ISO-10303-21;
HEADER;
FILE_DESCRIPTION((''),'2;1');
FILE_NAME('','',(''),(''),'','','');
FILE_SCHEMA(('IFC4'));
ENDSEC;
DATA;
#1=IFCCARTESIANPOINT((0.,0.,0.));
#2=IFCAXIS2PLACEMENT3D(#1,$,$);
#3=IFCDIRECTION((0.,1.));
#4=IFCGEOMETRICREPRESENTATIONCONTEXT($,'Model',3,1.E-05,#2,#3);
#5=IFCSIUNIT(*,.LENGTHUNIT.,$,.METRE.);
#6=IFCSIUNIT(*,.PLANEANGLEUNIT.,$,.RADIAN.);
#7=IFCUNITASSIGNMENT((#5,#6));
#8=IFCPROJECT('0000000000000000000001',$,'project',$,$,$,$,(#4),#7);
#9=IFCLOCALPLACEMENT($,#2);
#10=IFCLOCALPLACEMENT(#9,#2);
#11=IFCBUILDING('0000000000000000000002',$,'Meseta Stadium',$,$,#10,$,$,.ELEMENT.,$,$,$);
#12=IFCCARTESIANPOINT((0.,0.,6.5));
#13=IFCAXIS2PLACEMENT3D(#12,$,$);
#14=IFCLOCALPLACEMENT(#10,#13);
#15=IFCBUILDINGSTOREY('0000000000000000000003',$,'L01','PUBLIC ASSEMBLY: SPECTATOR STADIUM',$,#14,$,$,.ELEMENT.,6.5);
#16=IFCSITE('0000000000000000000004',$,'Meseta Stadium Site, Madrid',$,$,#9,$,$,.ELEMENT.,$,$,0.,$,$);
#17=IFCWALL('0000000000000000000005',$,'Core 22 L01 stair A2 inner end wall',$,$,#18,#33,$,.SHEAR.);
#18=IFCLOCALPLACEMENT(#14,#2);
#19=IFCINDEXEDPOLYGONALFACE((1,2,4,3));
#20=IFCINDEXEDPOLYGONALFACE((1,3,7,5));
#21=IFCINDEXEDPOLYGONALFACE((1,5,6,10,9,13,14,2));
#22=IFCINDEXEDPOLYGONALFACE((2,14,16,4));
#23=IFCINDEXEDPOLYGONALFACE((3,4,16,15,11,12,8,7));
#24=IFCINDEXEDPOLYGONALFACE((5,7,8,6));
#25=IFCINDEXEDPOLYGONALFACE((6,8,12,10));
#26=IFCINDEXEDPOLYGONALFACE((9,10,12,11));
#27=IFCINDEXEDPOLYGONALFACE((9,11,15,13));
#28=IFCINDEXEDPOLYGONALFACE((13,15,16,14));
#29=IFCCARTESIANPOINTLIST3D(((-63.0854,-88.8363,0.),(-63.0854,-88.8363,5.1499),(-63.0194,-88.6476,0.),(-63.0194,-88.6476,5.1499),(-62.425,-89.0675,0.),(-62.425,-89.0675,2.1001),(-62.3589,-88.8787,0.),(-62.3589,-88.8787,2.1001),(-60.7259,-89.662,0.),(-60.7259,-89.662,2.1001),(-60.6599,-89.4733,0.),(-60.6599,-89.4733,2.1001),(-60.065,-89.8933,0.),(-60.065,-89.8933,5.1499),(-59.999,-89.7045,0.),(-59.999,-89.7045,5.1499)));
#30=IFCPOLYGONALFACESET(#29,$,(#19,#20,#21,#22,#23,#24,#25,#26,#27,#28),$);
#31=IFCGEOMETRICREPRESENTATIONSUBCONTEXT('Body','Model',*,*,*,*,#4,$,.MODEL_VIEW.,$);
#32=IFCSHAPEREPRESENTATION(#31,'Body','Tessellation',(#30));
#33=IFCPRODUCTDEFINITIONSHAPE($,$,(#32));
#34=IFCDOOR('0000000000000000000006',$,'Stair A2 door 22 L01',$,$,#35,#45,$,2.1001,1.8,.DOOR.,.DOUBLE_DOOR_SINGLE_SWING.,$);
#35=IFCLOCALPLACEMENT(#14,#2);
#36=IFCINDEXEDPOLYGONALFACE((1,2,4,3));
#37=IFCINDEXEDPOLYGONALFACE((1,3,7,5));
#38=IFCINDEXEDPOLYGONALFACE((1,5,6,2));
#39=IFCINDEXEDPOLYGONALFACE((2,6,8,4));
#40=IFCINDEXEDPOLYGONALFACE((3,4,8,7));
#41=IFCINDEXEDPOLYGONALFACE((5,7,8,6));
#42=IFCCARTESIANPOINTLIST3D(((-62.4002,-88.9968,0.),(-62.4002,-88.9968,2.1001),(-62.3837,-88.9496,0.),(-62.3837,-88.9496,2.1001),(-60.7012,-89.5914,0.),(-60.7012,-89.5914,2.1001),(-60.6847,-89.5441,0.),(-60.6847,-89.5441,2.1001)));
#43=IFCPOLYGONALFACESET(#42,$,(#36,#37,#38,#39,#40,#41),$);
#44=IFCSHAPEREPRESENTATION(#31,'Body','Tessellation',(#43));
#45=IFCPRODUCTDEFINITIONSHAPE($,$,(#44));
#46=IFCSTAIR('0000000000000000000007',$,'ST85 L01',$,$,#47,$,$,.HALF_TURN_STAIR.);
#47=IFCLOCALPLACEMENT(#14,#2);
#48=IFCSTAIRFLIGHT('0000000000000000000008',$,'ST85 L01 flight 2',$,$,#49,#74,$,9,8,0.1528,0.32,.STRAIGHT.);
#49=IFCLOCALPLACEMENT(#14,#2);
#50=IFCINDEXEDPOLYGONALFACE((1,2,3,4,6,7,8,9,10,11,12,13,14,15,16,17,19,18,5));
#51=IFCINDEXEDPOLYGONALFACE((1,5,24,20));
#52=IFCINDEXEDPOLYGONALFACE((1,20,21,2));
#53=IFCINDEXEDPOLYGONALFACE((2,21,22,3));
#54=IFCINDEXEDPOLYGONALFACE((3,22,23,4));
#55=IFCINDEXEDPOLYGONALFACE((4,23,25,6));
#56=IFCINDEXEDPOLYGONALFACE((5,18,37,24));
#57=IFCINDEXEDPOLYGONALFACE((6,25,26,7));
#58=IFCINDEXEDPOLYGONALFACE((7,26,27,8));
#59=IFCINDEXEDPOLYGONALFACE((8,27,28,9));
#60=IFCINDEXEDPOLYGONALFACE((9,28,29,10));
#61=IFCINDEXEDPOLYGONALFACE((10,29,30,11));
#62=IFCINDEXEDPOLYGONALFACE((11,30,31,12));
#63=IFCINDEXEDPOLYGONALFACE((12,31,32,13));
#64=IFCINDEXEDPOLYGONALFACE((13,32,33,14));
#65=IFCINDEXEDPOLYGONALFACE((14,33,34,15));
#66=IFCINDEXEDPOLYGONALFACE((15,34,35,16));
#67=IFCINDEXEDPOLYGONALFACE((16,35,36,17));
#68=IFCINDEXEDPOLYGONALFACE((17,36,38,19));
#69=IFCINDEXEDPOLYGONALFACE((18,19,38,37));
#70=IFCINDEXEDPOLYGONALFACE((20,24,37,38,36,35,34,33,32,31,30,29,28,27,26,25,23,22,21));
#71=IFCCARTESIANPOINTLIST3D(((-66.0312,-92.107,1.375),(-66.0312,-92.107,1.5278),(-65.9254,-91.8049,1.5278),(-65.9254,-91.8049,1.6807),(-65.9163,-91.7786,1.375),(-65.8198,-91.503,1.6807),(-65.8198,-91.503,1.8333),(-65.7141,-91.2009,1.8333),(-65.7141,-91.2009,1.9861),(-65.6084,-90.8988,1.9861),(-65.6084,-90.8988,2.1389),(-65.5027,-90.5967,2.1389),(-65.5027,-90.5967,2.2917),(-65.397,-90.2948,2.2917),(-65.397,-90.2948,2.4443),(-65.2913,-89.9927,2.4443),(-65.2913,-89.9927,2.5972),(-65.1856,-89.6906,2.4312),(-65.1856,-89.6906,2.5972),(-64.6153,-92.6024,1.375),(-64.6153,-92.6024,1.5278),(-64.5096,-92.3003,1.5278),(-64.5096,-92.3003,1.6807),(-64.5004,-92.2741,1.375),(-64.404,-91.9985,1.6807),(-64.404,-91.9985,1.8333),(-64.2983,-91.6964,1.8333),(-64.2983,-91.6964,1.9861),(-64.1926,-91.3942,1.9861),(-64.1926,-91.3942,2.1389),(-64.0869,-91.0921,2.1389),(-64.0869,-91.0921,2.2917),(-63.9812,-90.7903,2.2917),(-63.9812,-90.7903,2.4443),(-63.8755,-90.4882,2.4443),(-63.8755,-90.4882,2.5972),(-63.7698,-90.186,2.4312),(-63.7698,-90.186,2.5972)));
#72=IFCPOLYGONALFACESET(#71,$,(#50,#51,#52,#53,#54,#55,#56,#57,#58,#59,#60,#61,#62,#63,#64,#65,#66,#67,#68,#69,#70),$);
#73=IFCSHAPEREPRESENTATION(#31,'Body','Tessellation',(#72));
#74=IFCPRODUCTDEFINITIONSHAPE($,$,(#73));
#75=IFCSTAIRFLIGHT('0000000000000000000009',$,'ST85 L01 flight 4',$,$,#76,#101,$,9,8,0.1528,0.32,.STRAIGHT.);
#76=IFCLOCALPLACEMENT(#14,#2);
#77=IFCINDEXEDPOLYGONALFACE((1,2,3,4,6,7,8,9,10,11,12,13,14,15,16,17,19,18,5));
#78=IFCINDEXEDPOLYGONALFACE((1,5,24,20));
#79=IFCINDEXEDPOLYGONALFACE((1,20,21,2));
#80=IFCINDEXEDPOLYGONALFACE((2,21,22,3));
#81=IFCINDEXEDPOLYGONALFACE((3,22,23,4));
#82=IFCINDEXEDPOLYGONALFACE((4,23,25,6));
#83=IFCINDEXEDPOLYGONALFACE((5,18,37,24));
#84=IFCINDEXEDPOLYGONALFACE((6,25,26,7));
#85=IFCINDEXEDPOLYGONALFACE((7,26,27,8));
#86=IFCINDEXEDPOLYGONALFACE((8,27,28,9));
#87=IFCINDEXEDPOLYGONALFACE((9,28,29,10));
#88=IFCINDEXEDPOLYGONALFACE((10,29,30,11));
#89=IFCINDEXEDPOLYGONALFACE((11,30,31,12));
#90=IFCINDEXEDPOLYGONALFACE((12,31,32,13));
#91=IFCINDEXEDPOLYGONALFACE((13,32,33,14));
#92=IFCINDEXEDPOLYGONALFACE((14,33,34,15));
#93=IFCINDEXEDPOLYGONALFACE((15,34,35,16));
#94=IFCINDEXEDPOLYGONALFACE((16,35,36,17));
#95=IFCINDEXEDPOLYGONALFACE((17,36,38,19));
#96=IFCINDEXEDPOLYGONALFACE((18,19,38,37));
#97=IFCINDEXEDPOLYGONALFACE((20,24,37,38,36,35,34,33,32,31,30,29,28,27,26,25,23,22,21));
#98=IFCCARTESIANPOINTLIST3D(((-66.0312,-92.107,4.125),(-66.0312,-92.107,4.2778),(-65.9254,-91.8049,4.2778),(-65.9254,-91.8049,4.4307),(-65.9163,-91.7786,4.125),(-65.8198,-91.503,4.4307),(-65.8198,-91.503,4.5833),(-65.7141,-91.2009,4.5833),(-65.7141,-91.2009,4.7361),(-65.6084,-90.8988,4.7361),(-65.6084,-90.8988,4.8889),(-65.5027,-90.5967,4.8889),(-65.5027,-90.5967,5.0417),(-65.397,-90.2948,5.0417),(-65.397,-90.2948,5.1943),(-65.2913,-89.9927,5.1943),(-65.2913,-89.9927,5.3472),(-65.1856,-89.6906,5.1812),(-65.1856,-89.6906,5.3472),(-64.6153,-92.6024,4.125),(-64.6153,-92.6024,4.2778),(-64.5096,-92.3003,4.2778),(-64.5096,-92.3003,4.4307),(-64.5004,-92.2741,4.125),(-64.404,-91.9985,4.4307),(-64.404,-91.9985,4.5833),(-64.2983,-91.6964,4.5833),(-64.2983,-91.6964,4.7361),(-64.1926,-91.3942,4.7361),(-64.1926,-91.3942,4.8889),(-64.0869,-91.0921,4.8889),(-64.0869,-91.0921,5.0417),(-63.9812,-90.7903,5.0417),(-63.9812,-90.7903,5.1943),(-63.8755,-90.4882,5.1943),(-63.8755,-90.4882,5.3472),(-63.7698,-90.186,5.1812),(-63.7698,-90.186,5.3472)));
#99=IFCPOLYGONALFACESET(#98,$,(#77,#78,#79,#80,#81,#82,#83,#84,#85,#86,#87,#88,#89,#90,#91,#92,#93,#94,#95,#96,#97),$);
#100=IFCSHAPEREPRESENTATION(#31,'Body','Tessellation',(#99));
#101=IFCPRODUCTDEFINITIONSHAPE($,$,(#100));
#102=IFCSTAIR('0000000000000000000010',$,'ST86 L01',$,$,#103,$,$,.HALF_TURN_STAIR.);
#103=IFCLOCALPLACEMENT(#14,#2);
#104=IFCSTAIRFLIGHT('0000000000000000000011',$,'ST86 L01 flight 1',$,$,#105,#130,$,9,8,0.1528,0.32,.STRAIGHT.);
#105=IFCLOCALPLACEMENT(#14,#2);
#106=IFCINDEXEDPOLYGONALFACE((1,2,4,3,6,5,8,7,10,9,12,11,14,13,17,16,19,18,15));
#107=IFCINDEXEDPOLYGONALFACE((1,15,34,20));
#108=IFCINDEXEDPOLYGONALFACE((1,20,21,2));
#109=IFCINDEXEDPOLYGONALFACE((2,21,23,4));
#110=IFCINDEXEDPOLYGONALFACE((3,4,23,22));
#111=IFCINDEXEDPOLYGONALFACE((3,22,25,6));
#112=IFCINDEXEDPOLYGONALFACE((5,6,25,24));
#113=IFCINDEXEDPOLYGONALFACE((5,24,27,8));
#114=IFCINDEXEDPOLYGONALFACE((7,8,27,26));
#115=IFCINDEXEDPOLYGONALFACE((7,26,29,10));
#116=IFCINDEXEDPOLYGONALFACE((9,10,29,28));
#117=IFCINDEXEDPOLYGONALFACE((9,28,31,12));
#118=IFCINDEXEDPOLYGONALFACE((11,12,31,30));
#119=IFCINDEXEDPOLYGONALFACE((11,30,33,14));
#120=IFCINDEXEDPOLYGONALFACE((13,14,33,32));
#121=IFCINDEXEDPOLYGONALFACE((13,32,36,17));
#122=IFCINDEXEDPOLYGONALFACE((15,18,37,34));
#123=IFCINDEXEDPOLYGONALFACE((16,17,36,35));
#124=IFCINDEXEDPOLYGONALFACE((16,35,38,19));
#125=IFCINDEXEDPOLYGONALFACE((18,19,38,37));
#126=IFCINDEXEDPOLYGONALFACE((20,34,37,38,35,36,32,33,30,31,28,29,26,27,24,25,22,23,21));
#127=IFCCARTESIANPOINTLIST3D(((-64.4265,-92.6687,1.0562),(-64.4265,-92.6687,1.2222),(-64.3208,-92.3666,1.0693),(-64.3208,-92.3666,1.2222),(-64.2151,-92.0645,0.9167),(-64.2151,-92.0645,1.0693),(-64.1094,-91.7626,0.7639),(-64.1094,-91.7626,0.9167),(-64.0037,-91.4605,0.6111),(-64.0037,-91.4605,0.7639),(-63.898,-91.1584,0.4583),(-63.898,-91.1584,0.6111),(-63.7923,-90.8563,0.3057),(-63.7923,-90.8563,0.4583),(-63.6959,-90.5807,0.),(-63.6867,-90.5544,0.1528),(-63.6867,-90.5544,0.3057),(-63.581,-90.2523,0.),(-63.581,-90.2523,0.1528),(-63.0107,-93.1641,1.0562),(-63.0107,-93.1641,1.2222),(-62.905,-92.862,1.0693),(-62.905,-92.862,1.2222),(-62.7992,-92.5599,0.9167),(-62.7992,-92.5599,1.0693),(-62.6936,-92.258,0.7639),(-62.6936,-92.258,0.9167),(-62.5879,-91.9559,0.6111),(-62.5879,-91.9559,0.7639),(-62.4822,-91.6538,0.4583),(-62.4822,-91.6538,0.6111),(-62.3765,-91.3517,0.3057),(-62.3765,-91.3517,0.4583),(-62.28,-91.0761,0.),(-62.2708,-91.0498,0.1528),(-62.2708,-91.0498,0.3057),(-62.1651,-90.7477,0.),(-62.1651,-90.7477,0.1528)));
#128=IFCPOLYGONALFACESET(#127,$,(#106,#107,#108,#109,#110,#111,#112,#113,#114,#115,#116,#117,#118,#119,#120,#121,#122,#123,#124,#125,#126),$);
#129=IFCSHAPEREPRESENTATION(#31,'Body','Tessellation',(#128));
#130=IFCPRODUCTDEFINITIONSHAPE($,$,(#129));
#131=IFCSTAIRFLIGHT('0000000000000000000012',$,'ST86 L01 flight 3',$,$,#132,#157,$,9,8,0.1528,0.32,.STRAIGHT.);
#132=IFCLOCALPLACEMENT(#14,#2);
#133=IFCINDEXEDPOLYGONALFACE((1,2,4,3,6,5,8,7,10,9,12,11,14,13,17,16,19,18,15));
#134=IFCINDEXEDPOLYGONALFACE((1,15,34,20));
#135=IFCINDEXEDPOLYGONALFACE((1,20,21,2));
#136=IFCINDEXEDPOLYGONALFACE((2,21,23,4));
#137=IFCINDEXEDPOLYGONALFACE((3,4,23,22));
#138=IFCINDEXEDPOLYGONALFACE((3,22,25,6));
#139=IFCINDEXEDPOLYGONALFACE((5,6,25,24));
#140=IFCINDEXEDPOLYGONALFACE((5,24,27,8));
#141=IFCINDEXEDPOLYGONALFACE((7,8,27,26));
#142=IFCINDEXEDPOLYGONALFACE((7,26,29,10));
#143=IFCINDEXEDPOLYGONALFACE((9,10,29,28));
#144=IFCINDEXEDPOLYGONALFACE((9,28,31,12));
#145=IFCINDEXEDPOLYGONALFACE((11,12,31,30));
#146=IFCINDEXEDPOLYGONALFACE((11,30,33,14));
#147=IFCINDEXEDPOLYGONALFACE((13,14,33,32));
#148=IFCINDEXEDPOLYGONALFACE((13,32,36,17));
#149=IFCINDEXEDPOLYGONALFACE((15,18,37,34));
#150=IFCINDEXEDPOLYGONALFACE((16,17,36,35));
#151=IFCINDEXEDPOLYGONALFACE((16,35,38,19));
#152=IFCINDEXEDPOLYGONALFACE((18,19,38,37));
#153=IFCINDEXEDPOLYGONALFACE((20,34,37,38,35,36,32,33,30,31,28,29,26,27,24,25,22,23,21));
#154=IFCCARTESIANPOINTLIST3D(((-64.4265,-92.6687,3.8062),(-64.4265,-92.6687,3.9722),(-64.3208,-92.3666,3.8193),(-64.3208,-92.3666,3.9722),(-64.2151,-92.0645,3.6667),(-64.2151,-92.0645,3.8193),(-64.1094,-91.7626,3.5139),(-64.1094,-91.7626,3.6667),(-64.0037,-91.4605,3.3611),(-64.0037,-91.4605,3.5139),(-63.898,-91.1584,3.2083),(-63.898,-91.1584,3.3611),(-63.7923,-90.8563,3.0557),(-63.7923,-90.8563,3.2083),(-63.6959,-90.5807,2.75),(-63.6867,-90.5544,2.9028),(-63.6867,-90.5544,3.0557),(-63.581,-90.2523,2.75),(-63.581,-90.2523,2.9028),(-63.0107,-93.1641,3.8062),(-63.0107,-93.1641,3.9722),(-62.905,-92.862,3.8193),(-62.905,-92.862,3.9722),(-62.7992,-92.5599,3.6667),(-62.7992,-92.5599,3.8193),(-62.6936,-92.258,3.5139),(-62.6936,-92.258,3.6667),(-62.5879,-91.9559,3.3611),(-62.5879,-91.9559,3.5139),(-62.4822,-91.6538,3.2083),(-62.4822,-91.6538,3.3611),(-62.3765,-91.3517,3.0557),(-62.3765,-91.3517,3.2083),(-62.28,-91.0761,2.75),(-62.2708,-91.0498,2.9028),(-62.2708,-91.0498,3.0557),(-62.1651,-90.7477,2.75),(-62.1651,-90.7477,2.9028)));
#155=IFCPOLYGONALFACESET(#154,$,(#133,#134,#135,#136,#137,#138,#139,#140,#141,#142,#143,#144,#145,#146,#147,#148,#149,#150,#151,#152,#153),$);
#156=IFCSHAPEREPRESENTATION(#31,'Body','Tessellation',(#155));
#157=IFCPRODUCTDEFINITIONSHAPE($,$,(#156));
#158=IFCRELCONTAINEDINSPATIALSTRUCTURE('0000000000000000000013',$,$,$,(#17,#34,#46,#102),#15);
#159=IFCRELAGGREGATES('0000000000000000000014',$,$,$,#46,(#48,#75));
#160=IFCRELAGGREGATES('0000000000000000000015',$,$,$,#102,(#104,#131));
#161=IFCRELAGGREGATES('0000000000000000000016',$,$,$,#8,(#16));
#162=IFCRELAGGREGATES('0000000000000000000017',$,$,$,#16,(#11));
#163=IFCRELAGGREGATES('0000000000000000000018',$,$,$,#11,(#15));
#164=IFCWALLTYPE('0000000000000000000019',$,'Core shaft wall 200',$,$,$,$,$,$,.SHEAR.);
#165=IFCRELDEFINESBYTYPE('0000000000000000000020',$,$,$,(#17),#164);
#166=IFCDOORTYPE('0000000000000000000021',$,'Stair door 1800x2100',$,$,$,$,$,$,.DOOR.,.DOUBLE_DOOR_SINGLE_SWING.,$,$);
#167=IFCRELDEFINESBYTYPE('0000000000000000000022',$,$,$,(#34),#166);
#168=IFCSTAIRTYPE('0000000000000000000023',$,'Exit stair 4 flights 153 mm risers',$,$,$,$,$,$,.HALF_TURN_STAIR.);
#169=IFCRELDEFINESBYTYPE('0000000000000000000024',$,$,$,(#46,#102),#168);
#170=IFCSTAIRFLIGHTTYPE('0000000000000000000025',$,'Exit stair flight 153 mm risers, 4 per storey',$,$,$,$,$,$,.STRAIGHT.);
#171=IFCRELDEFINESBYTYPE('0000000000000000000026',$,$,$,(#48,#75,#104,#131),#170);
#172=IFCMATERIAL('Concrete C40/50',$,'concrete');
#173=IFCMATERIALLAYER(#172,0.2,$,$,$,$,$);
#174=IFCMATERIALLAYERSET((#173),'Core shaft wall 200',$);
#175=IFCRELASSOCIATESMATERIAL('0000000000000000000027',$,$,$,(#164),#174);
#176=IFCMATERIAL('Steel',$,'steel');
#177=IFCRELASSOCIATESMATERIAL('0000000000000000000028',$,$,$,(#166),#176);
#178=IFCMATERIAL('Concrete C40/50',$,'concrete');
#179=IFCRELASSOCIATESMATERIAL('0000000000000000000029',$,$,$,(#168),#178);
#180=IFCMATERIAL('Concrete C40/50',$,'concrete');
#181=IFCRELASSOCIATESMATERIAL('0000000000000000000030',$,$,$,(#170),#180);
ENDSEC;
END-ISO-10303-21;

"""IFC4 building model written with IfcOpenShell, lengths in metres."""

from ifc_helpers import new_model, si_unit, direction, frame, frame_2d, origin, place, context, subcontext, project, spatial, polyline, rectangle, outline, extrude, material, layer, layer_set, type_object, element, fill, aggregate, save


model = new_model("IFC4")

# Units and contexts
model_context = context("Model", 3, precision=1e-05, world=origin(), true_north=direction((0.0, 1.0)))
body_context = subcontext(model_context, "Body", "Model", "MODEL_VIEW")
ifc_project = project(units=[si_unit("LENGTHUNIT", "METRE"), si_unit("PLANEANGLEUNIT", "RADIAN")], contexts=[model_context])

# Site, building, storey
site_placement = place(None, origin())
site = spatial("IfcSite", under=ifc_project, at=site_placement, Name="Meseta Stadium Site, Madrid", CompositionType="ELEMENT", RefElevation=0.0)
building_placement = place(site_placement, origin())
building = spatial("IfcBuilding", under=site, at=building_placement, Name="Meseta Stadium", CompositionType="ELEMENT")
storey_placement = place(building_placement, frame((0.0, 0.0, 6.5)))
storey = spatial("IfcBuildingStorey", under=building, at=storey_placement, Name="L01", Description="PUBLIC ASSEMBLY: SPECTATOR STADIUM", CompositionType="ELEMENT", Elevation=6.5)

# Wall, opening, door
ifc_material_1 = material(Name="Concrete C40/50", Category="concrete")
ifc_layer = layer(ifc_material_1, 0.2)
ifc_layer_set = layer_set([ifc_layer], Name="Core shaft wall 200")
wall_type = type_object("IfcWallType", Name="Core shaft wall 200", PredefinedType="SHEAR", material=ifc_layer_set)
wall_placement = place(storey_placement, frame((-63.0525, -88.7419, 0.0), z_axis=(0.0, 0.0, 1.0), x_axis=(0.943879, -0.330293, 0.0)))
wall = element("IfcWall", 1, at=wall_placement, inside=storey, type_object=wall_type, Name="Core 22 L01 stair A2 inner end wall", PredefinedType="SHEAR", context=body_context, shape_type="SweptSolid", body=[
    extrude(rectangle(XDim=3.2, YDim=0.2, at=frame_2d((1.6001, 0.0))), origin(), (0.0, 0.0, 1.0), 5.1499),
])
opening_placement = place(wall_placement, frame((0.7, 0.0, 0.0)))
opening = element("IfcOpeningElement", 2, at=opening_placement, cuts=wall, PredefinedType="OPENING", context=body_context, shape_type="SweptSolid", body=[
    extrude(rectangle(XDim=1.8, YDim=2.1001, at=frame_2d((0.8999, 1.05))), frame((0.0, 0.1099, 0.0), z_axis=(0.0, -1.0, 0.0), x_axis=(1.0, 0.0, 0.0)), (0.0, 0.0, 1.0), 0.22),
])
ifc_material_2 = material(Name="Steel", Category="steel")
door_type = type_object("IfcDoorType", Name="Stair door 1800x2100", OperationType="DOUBLE_DOOR_SINGLE_SWING", PredefinedType="DOOR", material=ifc_material_2)
door_placement = place(opening_placement, origin())
door = element("IfcDoor", 3, at=door_placement, inside=storey, type_object=door_type, Name="Stair A2 door 22 L01", OperationType="DOUBLE_DOOR_SINGLE_SWING", OverallHeight=2.1001, OverallWidth=1.8, PredefinedType="DOOR", context=body_context, shape_type="SweptSolid", body=[
    extrude(rectangle(XDim=1.8, YDim=2.1001, at=frame_2d((0.8999, 1.05))), frame((0.0, 0.0249, 0.0), z_axis=(0.0, -1.0, 0.0), x_axis=(1.0, 0.0, 0.0)), (0.0, 0.0, 1.0), 0.05),
])
fill(opening, door)

# Stairs, stair flights
ifc_material_3 = material(Name="Concrete C40/50", Category="concrete")
stair_type = type_object("IfcStairType", Name="Exit stair 4 flights 153 mm risers", PredefinedType="HALF_TURN_STAIR", material=ifc_material_3)
stair_1_placement = place(storey_placement, origin())
stair_1 = element("IfcStair", 4, at=stair_1_placement, inside=storey, type_object=stair_type, Name="ST85 L01", PredefinedType="HALF_TURN_STAIR")
ifc_material_4 = material(Name="Concrete C40/50", Category="concrete")
stair_flight_type = type_object("IfcStairFlightType", Name="Exit stair flight 153 mm risers, 4 per storey", PredefinedType="STRAIGHT", material=ifc_material_4)
stair_flight_1_placement = place(storey_placement, frame((-65.3232, -92.3547, 1.375), z_axis=(0.0, 0.0, 1.0), x_axis=(0.330279, 0.943883, 0.0)))
stair_flight_1 = element("IfcStairFlight", 5, at=stair_flight_1_placement, type_object=stair_flight_type, Name="ST85 L01 flight 2", NumberOfRisers=9, NumberOfTreads=8, PredefinedType="STRAIGHT", RiserHeight=0.1528, TreadLength=0.32, context=body_context, shape_type="SweptSolid", body=[
    extrude(outline(polyline([(0.0, 0.0), (0.0, 0.1528), (0.3201, 0.1528), (0.3201, 0.3057), (0.6399, 0.3057), (0.6399, 0.4583), (0.96, 0.4583), (0.96, 0.6111), (1.28, 0.6111), (1.28, 0.7639), (1.6001, 0.7639), (1.6001, 0.9167), (1.9199, 0.9167), (1.9199, 1.0693), (2.24, 1.0693), (2.24, 1.2222), (2.5601, 1.2222), (2.5601, 1.0562), (0.3479, 0.0), (0.0, 0.0)])), frame((0.0, 0.75, 0.0), z_axis=(0.0, -1.0, 0.0), x_axis=(1.0, 0.0, 0.0)), (0.0, 0.0, 1.0), 1.5),
])
stair_flight_2_placement = place(storey_placement, frame((-65.3232, -92.3547, 4.125), z_axis=(0.0, 0.0, 1.0), x_axis=(0.330279, 0.943883, 0.0)))
stair_flight_2 = element("IfcStairFlight", 6, at=stair_flight_2_placement, type_object=stair_flight_type, Name="ST85 L01 flight 4", NumberOfRisers=9, NumberOfTreads=8, PredefinedType="STRAIGHT", RiserHeight=0.1528, TreadLength=0.32, context=body_context, shape_type="SweptSolid", body=[
    extrude(outline(polyline([(0.0, 0.0), (0.0, 0.1528), (0.3201, 0.1528), (0.3201, 0.3057), (0.6399, 0.3057), (0.6399, 0.4583), (0.96, 0.4583), (0.96, 0.6111), (1.28, 0.6111), (1.28, 0.7639), (1.6001, 0.7639), (1.6001, 0.9167), (1.9199, 0.9167), (1.9199, 1.0693), (2.24, 1.0693), (2.24, 1.2222), (2.5601, 1.2222), (2.5601, 1.0562), (0.3479, 0.0), (0.0, 0.0)])), frame((0.0, 0.75, 0.0), z_axis=(0.0, -1.0, 0.0), x_axis=(1.0, 0.0, 0.0)), (0.0, 0.0, 1.0), 1.5),
])
aggregate(stair_1, [stair_flight_1, stair_flight_2])
stair_2_placement = place(storey_placement, origin())
stair_2 = element("IfcStair", 7, at=stair_2_placement, inside=storey, type_object=stair_type, Name="ST86 L01", PredefinedType="HALF_TURN_STAIR")
stair_flight_3_placement = place(storey_placement, frame((-62.873, -90.5, 0.0), z_axis=(0.0, 0.0, 1.0), x_axis=(-0.330279, -0.943883, 0.0)))
stair_flight_3 = element("IfcStairFlight", 8, at=stair_flight_3_placement, type_object=stair_flight_type, Name="ST86 L01 flight 1", NumberOfRisers=9, NumberOfTreads=8, PredefinedType="STRAIGHT", RiserHeight=0.1528, TreadLength=0.32, context=body_context, shape_type="SweptSolid", body=[
    extrude(outline(polyline([(0.0, 0.0), (0.0, 0.1528), (0.3201, 0.1528), (0.3201, 0.3057), (0.6399, 0.3057), (0.6399, 0.4583), (0.96, 0.4583), (0.96, 0.6111), (1.28, 0.6111), (1.28, 0.7639), (1.6001, 0.7639), (1.6001, 0.9167), (1.9199, 0.9167), (1.9199, 1.0693), (2.24, 1.0693), (2.24, 1.2222), (2.5601, 1.2222), (2.5601, 1.0562), (0.3479, 0.0), (0.0, 0.0)])), frame((0.0, 0.75, 0.0), z_axis=(0.0, -1.0, 0.0), x_axis=(1.0, 0.0, 0.0)), (0.0, 0.0, 1.0), 1.5),
])
stair_flight_4_placement = place(storey_placement, frame((-62.873, -90.5, 2.75), z_axis=(0.0, 0.0, 1.0), x_axis=(-0.330279, -0.943883, 0.0)))
stair_flight_4 = element("IfcStairFlight", 9, at=stair_flight_4_placement, type_object=stair_flight_type, Name="ST86 L01 flight 3", NumberOfRisers=9, NumberOfTreads=8, PredefinedType="STRAIGHT", RiserHeight=0.1528, TreadLength=0.32, context=body_context, shape_type="SweptSolid", body=[
    extrude(outline(polyline([(0.0, 0.0), (0.0, 0.1528), (0.3201, 0.1528), (0.3201, 0.3057), (0.6399, 0.3057), (0.6399, 0.4583), (0.96, 0.4583), (0.96, 0.6111), (1.28, 0.6111), (1.28, 0.7639), (1.6001, 0.7639), (1.6001, 0.9167), (1.9199, 0.9167), (1.9199, 1.0693), (2.24, 1.0693), (2.24, 1.2222), (2.5601, 1.2222), (2.5601, 1.0562), (0.3479, 0.0), (0.0, 0.0)])), frame((0.0, 0.75, 0.0), z_axis=(0.0, -1.0, 0.0), x_axis=(1.0, 0.0, 0.0)), (0.0, 0.0, 1.0), 1.5),
])
aggregate(stair_2, [stair_flight_3, stair_flight_4])

save(model, "model.ifc")
